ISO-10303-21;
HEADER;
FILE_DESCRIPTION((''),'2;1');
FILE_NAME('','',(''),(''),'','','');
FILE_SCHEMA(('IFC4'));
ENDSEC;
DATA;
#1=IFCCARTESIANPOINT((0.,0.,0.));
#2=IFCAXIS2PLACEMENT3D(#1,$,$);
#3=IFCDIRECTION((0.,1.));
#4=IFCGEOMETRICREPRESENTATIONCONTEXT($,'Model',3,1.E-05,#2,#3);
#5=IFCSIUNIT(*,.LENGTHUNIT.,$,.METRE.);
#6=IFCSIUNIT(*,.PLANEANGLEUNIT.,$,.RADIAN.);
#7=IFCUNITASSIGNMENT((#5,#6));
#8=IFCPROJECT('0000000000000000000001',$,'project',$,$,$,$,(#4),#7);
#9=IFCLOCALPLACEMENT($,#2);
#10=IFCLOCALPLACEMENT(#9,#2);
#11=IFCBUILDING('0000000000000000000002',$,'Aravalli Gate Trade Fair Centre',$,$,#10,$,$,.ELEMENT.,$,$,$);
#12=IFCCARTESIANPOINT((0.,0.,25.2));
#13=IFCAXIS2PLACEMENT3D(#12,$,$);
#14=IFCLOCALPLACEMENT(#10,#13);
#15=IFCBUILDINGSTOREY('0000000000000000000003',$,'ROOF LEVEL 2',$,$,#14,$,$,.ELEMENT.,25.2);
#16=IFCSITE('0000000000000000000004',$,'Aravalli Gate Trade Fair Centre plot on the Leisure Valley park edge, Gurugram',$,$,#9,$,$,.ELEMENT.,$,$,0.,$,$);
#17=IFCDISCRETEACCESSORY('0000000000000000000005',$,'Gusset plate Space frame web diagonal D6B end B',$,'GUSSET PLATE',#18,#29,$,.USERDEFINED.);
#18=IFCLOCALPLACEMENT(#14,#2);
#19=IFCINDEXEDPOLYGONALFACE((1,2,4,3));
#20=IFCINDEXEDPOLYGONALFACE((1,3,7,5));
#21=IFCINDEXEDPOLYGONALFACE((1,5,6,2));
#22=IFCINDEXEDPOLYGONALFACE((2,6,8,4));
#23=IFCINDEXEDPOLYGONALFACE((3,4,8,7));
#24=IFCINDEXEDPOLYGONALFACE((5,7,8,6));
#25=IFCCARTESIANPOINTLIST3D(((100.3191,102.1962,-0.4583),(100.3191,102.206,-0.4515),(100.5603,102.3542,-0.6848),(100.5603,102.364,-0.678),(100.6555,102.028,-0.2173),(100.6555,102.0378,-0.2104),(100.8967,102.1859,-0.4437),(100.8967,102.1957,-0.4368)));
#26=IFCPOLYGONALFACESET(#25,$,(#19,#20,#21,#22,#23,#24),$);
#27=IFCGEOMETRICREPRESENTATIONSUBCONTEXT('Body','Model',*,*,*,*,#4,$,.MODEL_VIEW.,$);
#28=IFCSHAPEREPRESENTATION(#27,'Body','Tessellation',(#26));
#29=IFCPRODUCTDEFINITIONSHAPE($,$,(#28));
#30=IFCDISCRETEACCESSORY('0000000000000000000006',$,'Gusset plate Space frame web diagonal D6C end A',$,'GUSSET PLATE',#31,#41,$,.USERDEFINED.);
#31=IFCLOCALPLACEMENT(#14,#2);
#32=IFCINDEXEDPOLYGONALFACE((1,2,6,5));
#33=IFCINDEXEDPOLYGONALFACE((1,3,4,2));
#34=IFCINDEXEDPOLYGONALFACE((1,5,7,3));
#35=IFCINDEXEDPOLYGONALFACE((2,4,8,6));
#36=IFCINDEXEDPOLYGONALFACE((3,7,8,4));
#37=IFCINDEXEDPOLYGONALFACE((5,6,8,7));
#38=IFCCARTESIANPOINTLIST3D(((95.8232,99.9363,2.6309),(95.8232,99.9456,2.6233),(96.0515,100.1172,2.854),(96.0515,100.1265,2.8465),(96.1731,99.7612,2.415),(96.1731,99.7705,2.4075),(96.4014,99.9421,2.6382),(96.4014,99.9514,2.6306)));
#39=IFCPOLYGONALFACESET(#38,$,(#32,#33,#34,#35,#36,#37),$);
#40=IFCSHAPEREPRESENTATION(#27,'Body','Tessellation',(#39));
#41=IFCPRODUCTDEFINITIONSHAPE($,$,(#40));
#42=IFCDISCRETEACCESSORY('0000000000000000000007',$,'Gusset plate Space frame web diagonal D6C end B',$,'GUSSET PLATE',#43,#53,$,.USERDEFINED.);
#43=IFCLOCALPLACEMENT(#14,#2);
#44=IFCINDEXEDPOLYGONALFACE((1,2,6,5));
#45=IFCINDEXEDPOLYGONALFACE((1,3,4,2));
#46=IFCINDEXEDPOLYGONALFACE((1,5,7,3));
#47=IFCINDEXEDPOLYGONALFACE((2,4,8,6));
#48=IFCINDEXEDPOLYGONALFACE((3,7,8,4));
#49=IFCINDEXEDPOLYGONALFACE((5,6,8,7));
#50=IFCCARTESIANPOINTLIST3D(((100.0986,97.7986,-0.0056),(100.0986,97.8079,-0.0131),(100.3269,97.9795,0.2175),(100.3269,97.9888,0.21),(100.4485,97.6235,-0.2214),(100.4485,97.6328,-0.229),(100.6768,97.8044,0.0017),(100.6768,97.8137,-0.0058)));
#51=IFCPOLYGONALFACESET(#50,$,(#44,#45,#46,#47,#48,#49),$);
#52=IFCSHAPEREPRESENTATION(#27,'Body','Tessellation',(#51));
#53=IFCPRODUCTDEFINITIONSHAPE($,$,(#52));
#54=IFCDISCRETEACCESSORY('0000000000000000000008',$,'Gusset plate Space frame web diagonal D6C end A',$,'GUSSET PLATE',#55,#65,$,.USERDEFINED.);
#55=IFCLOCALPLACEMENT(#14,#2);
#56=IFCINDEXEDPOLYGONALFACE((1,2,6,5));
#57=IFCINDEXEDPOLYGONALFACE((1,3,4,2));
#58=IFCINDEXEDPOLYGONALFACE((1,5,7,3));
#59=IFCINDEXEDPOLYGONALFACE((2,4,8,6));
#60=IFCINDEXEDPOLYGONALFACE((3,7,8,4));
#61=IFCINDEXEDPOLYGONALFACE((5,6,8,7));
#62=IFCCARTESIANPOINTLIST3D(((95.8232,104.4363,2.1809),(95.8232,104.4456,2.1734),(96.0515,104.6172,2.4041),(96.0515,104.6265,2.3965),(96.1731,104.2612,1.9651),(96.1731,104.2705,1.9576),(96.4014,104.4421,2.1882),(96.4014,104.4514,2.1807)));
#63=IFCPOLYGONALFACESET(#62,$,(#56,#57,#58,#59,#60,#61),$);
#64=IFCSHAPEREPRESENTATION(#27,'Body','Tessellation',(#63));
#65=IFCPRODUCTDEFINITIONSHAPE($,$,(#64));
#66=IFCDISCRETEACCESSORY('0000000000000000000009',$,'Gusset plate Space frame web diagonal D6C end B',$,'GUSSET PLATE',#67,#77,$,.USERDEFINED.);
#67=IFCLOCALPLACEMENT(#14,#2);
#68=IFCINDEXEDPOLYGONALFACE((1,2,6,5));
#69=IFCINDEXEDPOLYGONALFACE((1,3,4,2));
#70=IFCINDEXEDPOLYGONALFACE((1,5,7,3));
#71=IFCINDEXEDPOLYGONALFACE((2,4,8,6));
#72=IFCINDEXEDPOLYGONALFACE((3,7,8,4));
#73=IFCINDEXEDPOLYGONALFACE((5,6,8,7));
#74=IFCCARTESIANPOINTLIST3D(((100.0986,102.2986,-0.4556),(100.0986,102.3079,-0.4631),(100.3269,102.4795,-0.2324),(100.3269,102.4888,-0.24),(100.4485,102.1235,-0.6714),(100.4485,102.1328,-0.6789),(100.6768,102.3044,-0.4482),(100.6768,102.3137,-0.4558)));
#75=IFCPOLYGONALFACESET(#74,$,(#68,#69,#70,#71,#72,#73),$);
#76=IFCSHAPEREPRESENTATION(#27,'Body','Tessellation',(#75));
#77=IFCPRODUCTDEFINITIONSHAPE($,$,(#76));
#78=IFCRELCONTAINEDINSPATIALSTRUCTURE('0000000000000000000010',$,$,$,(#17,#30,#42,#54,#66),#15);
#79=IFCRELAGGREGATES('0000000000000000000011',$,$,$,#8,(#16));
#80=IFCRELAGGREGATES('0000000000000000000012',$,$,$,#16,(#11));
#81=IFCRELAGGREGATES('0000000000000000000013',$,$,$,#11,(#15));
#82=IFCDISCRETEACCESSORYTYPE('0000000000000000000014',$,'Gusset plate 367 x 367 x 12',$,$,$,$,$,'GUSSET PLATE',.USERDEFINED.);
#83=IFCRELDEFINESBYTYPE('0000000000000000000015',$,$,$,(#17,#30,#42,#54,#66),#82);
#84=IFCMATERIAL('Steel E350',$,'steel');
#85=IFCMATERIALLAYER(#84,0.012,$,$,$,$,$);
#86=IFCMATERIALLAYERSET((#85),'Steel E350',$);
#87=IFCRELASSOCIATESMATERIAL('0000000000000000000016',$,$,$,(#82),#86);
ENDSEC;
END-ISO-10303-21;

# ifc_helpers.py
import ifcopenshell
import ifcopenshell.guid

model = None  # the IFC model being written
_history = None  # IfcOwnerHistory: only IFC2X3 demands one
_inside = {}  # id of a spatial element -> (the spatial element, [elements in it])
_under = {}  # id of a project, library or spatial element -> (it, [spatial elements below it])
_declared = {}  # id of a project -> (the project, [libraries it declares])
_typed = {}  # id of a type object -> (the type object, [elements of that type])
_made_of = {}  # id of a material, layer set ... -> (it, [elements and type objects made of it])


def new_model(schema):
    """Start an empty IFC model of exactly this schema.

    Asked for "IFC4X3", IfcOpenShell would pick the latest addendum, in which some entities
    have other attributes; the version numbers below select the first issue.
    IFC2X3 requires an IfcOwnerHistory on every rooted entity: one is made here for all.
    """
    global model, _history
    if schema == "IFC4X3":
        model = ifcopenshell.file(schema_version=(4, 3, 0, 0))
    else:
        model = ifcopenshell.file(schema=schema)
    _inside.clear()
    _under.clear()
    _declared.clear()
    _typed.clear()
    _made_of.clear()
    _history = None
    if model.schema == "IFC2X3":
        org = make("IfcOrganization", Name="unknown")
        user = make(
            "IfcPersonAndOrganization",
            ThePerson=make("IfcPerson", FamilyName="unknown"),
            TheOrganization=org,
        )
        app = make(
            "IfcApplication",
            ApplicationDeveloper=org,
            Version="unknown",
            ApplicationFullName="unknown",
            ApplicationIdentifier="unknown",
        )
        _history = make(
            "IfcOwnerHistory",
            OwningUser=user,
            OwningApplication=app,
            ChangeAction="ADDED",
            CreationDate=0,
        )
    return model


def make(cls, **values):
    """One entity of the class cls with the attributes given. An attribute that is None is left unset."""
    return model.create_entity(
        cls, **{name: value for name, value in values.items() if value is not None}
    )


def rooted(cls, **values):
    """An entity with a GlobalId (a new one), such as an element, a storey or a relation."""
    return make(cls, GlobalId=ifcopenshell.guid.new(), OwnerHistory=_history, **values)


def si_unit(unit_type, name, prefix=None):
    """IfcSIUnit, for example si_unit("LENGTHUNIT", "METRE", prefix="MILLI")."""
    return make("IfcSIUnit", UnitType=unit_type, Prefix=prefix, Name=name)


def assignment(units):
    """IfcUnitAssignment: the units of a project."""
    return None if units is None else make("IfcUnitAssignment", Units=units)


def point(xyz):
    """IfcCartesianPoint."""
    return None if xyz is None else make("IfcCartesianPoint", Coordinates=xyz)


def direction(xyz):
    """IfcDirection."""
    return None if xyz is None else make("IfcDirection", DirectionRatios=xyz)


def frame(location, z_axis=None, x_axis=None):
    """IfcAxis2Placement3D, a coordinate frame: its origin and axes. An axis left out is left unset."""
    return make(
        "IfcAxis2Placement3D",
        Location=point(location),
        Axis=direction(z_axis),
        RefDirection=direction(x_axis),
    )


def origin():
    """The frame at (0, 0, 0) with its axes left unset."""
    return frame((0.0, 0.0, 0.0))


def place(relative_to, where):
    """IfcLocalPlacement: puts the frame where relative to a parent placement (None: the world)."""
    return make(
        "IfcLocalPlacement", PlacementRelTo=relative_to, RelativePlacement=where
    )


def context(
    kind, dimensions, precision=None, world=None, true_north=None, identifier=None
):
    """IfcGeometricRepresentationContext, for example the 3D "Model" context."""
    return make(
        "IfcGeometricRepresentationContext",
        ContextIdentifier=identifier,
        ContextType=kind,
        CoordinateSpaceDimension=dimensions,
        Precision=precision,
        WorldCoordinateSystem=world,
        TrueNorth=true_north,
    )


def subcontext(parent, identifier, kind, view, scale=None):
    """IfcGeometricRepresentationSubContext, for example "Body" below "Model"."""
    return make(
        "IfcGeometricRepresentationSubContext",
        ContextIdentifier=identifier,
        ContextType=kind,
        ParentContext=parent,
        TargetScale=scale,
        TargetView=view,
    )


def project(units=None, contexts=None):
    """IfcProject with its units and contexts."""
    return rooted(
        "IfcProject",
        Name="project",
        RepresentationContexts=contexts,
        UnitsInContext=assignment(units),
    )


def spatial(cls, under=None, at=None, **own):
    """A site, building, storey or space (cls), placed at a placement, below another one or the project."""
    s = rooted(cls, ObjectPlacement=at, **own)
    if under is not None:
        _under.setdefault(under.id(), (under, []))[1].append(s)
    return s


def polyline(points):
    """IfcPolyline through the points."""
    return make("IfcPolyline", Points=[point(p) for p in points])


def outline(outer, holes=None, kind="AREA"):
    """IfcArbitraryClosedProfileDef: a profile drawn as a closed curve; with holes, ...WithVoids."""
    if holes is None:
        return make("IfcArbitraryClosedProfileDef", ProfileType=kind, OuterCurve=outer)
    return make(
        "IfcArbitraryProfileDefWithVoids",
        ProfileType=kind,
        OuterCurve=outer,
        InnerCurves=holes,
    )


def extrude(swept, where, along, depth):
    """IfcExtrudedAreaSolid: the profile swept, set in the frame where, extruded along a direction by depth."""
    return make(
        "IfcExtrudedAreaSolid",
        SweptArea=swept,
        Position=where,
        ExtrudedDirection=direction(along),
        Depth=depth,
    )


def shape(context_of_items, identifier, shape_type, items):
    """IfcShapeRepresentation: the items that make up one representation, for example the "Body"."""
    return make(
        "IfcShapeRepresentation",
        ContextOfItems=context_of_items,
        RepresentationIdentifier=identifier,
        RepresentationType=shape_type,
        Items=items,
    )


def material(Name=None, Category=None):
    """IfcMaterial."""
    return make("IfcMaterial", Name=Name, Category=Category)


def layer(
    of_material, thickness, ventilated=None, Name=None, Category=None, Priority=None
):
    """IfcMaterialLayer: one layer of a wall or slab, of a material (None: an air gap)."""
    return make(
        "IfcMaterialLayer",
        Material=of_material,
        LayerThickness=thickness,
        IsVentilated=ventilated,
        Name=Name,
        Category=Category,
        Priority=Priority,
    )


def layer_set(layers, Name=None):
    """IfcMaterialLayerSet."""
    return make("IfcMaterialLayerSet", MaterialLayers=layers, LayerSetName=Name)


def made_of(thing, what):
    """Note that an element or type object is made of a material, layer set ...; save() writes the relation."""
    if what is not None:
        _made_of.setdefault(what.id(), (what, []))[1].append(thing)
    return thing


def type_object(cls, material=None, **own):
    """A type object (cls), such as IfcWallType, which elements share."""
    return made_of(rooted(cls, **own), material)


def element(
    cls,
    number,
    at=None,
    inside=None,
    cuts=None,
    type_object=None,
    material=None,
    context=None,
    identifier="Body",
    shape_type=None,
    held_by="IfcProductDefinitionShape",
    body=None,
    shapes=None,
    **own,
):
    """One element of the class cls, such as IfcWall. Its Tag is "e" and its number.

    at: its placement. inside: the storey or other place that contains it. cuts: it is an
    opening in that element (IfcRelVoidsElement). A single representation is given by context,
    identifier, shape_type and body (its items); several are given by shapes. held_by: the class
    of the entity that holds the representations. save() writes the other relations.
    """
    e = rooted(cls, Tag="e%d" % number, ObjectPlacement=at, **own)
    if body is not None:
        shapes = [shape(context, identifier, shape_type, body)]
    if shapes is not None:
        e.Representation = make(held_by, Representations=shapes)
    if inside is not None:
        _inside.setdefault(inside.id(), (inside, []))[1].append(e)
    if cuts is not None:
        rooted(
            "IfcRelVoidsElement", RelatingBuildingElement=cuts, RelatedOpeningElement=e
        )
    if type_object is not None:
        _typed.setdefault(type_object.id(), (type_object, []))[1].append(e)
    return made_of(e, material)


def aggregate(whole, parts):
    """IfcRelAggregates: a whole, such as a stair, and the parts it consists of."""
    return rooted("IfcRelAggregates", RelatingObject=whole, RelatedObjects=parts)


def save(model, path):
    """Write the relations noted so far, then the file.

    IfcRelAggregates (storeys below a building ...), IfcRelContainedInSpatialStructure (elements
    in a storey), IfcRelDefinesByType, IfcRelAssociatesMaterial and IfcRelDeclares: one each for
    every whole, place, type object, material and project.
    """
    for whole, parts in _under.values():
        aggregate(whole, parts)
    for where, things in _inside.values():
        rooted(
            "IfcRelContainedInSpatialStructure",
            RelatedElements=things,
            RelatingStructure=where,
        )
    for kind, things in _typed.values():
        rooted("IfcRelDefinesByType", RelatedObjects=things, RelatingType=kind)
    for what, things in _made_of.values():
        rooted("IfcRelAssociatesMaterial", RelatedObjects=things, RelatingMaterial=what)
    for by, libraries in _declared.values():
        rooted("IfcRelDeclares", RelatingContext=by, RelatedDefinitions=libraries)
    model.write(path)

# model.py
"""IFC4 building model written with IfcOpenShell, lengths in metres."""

from ifc_helpers import new_model, si_unit, direction, frame, origin, place, context, subcontext, project, spatial, polyline, outline, extrude, material, layer, layer_set, type_object, element, save


model = new_model("IFC4")

# Units and contexts
model_context = context("Model", 3, precision=1e-05, world=origin(), true_north=direction((0.0, 1.0)))
body_context = subcontext(model_context, "Body", "Model", "MODEL_VIEW")
ifc_project = project(units=[si_unit("LENGTHUNIT", "METRE"), si_unit("PLANEANGLEUNIT", "RADIAN")], contexts=[model_context])

# Site, building, storey
site_placement = place(None, origin())
site = spatial("IfcSite", under=ifc_project, at=site_placement, Name="Aravalli Gate Trade Fair Centre plot on the Leisure Valley park edge, Gurugram", CompositionType="ELEMENT", RefElevation=0.0)
building_placement = place(site_placement, origin())
building = spatial("IfcBuilding", under=site, at=building_placement, Name="Aravalli Gate Trade Fair Centre", CompositionType="ELEMENT")
storey_placement = place(building_placement, frame((0.0, 0.0, 25.2)))
storey = spatial("IfcBuildingStorey", under=building, at=storey_placement, Name="ROOF LEVEL 2", CompositionType="ELEMENT", Elevation=25.2)

# Shared definitions
ifc_material_1 = material(Name="Steel E350", Category="steel")

# Discrete accessories
ifc_layer_1 = layer(ifc_material_1, 0.012)
ifc_layer_set_1 = layer_set([ifc_layer_1], Name="Steel E350")
discrete_accessory_type = type_object("IfcDiscreteAccessoryType", Name="Gusset plate 367 x 367 x 12", ElementType="GUSSET PLATE", PredefinedType="USERDEFINED", material=ifc_layer_set_1)
discrete_accessory_1_placement = place(storey_placement, frame((100.6555, 102.0378, -0.2104), z_axis=(0.000049, 0.820141, 0.572161), x_axis=(-0.753132, 0.376438, -0.539524)))
element("IfcDiscreteAccessory", 1, at=discrete_accessory_1_placement, inside=storey, type_object=discrete_accessory_type, Name="Gusset plate Space frame web diagonal D6B end B", ObjectType="GUSSET PLATE", PredefinedType="USERDEFINED", context=body_context, shape_type="SweptSolid", body=[
    extrude(outline(polyline([(0.0, 0.0), (0.4467, 0.0), (0.4467, -0.3667), (-0.0001, -0.3665), (0.0, 0.0)])), origin(), (0.0, 0.0, -1.0), 0.012),
])
discrete_accessory_2_placement = place(storey_placement, frame((96.1731, 99.7612, 2.415), z_axis=(-0.000107, -0.776736, 0.629826), x_axis=(-0.783044, 0.391795, 0.48305)))
element("IfcDiscreteAccessory", 2, at=discrete_accessory_2_placement, inside=storey, type_object=discrete_accessory_type, Name="Gusset plate Space frame web diagonal D6C end A", ObjectType="GUSSET PLATE", PredefinedType="USERDEFINED", context=body_context, shape_type="SweptSolid", body=[
    extrude(outline(polyline([(0.0, 0.0), (0.4468, 0.0), (0.4467, -0.3669), (-0.0001, -0.3669), (0.0, 0.0)])), origin(), (0.0, 0.0, -1.0), 0.012),
])
discrete_accessory_3_placement = place(storey_placement, frame((100.0986, 97.7986, -0.0056), z_axis=(-0.000107, -0.776736, 0.629826), x_axis=(0.783044, -0.391795, -0.48305)))
element("IfcDiscreteAccessory", 3, at=discrete_accessory_3_placement, inside=storey, type_object=discrete_accessory_type, Name="Gusset plate Space frame web diagonal D6C end B", ObjectType="GUSSET PLATE", PredefinedType="USERDEFINED", context=body_context, shape_type="SweptSolid", body=[
    extrude(outline(polyline([(0.0, 0.0), (0.4468, 0.0), (0.4469, 0.3669), (0.0001, 0.3669), (0.0, 0.0)])), origin(), (0.0, 0.0, -1.0), 0.012),
])
discrete_accessory_4_placement = place(storey_placement, frame((96.1731, 104.2612, 1.9651), z_axis=(-0.000107, -0.776736, 0.629826), x_axis=(-0.783044, 0.391795, 0.48305)))
element("IfcDiscreteAccessory", 4, at=discrete_accessory_4_placement, inside=storey, type_object=discrete_accessory_type, Name="Gusset plate Space frame web diagonal D6C end A", ObjectType="GUSSET PLATE", PredefinedType="USERDEFINED", context=body_context, shape_type="SweptSolid", body=[
    extrude(outline(polyline([(0.0, 0.0), (0.4468, 0.0), (0.4467, -0.3669), (-0.0001, -0.3669), (0.0, 0.0)])), origin(), (0.0, 0.0, -1.0), 0.012),
])
discrete_accessory_5_placement = place(storey_placement, frame((100.0986, 102.2986, -0.4556), z_axis=(-0.000107, -0.776736, 0.629826), x_axis=(0.783044, -0.391795, -0.48305)))
element("IfcDiscreteAccessory", 5, at=discrete_accessory_5_placement, inside=storey, type_object=discrete_accessory_type, Name="Gusset plate Space frame web diagonal D6C end B", ObjectType="GUSSET PLATE", PredefinedType="USERDEFINED", context=body_context, shape_type="SweptSolid", body=[
    extrude(outline(polyline([(0.0, 0.0), (0.4468, 0.0), (0.4469, 0.3669), (0.0001, 0.3669), (0.0, 0.0)])), origin(), (0.0, 0.0, -1.0), 0.012),
])

save(model, "model.ifc")
